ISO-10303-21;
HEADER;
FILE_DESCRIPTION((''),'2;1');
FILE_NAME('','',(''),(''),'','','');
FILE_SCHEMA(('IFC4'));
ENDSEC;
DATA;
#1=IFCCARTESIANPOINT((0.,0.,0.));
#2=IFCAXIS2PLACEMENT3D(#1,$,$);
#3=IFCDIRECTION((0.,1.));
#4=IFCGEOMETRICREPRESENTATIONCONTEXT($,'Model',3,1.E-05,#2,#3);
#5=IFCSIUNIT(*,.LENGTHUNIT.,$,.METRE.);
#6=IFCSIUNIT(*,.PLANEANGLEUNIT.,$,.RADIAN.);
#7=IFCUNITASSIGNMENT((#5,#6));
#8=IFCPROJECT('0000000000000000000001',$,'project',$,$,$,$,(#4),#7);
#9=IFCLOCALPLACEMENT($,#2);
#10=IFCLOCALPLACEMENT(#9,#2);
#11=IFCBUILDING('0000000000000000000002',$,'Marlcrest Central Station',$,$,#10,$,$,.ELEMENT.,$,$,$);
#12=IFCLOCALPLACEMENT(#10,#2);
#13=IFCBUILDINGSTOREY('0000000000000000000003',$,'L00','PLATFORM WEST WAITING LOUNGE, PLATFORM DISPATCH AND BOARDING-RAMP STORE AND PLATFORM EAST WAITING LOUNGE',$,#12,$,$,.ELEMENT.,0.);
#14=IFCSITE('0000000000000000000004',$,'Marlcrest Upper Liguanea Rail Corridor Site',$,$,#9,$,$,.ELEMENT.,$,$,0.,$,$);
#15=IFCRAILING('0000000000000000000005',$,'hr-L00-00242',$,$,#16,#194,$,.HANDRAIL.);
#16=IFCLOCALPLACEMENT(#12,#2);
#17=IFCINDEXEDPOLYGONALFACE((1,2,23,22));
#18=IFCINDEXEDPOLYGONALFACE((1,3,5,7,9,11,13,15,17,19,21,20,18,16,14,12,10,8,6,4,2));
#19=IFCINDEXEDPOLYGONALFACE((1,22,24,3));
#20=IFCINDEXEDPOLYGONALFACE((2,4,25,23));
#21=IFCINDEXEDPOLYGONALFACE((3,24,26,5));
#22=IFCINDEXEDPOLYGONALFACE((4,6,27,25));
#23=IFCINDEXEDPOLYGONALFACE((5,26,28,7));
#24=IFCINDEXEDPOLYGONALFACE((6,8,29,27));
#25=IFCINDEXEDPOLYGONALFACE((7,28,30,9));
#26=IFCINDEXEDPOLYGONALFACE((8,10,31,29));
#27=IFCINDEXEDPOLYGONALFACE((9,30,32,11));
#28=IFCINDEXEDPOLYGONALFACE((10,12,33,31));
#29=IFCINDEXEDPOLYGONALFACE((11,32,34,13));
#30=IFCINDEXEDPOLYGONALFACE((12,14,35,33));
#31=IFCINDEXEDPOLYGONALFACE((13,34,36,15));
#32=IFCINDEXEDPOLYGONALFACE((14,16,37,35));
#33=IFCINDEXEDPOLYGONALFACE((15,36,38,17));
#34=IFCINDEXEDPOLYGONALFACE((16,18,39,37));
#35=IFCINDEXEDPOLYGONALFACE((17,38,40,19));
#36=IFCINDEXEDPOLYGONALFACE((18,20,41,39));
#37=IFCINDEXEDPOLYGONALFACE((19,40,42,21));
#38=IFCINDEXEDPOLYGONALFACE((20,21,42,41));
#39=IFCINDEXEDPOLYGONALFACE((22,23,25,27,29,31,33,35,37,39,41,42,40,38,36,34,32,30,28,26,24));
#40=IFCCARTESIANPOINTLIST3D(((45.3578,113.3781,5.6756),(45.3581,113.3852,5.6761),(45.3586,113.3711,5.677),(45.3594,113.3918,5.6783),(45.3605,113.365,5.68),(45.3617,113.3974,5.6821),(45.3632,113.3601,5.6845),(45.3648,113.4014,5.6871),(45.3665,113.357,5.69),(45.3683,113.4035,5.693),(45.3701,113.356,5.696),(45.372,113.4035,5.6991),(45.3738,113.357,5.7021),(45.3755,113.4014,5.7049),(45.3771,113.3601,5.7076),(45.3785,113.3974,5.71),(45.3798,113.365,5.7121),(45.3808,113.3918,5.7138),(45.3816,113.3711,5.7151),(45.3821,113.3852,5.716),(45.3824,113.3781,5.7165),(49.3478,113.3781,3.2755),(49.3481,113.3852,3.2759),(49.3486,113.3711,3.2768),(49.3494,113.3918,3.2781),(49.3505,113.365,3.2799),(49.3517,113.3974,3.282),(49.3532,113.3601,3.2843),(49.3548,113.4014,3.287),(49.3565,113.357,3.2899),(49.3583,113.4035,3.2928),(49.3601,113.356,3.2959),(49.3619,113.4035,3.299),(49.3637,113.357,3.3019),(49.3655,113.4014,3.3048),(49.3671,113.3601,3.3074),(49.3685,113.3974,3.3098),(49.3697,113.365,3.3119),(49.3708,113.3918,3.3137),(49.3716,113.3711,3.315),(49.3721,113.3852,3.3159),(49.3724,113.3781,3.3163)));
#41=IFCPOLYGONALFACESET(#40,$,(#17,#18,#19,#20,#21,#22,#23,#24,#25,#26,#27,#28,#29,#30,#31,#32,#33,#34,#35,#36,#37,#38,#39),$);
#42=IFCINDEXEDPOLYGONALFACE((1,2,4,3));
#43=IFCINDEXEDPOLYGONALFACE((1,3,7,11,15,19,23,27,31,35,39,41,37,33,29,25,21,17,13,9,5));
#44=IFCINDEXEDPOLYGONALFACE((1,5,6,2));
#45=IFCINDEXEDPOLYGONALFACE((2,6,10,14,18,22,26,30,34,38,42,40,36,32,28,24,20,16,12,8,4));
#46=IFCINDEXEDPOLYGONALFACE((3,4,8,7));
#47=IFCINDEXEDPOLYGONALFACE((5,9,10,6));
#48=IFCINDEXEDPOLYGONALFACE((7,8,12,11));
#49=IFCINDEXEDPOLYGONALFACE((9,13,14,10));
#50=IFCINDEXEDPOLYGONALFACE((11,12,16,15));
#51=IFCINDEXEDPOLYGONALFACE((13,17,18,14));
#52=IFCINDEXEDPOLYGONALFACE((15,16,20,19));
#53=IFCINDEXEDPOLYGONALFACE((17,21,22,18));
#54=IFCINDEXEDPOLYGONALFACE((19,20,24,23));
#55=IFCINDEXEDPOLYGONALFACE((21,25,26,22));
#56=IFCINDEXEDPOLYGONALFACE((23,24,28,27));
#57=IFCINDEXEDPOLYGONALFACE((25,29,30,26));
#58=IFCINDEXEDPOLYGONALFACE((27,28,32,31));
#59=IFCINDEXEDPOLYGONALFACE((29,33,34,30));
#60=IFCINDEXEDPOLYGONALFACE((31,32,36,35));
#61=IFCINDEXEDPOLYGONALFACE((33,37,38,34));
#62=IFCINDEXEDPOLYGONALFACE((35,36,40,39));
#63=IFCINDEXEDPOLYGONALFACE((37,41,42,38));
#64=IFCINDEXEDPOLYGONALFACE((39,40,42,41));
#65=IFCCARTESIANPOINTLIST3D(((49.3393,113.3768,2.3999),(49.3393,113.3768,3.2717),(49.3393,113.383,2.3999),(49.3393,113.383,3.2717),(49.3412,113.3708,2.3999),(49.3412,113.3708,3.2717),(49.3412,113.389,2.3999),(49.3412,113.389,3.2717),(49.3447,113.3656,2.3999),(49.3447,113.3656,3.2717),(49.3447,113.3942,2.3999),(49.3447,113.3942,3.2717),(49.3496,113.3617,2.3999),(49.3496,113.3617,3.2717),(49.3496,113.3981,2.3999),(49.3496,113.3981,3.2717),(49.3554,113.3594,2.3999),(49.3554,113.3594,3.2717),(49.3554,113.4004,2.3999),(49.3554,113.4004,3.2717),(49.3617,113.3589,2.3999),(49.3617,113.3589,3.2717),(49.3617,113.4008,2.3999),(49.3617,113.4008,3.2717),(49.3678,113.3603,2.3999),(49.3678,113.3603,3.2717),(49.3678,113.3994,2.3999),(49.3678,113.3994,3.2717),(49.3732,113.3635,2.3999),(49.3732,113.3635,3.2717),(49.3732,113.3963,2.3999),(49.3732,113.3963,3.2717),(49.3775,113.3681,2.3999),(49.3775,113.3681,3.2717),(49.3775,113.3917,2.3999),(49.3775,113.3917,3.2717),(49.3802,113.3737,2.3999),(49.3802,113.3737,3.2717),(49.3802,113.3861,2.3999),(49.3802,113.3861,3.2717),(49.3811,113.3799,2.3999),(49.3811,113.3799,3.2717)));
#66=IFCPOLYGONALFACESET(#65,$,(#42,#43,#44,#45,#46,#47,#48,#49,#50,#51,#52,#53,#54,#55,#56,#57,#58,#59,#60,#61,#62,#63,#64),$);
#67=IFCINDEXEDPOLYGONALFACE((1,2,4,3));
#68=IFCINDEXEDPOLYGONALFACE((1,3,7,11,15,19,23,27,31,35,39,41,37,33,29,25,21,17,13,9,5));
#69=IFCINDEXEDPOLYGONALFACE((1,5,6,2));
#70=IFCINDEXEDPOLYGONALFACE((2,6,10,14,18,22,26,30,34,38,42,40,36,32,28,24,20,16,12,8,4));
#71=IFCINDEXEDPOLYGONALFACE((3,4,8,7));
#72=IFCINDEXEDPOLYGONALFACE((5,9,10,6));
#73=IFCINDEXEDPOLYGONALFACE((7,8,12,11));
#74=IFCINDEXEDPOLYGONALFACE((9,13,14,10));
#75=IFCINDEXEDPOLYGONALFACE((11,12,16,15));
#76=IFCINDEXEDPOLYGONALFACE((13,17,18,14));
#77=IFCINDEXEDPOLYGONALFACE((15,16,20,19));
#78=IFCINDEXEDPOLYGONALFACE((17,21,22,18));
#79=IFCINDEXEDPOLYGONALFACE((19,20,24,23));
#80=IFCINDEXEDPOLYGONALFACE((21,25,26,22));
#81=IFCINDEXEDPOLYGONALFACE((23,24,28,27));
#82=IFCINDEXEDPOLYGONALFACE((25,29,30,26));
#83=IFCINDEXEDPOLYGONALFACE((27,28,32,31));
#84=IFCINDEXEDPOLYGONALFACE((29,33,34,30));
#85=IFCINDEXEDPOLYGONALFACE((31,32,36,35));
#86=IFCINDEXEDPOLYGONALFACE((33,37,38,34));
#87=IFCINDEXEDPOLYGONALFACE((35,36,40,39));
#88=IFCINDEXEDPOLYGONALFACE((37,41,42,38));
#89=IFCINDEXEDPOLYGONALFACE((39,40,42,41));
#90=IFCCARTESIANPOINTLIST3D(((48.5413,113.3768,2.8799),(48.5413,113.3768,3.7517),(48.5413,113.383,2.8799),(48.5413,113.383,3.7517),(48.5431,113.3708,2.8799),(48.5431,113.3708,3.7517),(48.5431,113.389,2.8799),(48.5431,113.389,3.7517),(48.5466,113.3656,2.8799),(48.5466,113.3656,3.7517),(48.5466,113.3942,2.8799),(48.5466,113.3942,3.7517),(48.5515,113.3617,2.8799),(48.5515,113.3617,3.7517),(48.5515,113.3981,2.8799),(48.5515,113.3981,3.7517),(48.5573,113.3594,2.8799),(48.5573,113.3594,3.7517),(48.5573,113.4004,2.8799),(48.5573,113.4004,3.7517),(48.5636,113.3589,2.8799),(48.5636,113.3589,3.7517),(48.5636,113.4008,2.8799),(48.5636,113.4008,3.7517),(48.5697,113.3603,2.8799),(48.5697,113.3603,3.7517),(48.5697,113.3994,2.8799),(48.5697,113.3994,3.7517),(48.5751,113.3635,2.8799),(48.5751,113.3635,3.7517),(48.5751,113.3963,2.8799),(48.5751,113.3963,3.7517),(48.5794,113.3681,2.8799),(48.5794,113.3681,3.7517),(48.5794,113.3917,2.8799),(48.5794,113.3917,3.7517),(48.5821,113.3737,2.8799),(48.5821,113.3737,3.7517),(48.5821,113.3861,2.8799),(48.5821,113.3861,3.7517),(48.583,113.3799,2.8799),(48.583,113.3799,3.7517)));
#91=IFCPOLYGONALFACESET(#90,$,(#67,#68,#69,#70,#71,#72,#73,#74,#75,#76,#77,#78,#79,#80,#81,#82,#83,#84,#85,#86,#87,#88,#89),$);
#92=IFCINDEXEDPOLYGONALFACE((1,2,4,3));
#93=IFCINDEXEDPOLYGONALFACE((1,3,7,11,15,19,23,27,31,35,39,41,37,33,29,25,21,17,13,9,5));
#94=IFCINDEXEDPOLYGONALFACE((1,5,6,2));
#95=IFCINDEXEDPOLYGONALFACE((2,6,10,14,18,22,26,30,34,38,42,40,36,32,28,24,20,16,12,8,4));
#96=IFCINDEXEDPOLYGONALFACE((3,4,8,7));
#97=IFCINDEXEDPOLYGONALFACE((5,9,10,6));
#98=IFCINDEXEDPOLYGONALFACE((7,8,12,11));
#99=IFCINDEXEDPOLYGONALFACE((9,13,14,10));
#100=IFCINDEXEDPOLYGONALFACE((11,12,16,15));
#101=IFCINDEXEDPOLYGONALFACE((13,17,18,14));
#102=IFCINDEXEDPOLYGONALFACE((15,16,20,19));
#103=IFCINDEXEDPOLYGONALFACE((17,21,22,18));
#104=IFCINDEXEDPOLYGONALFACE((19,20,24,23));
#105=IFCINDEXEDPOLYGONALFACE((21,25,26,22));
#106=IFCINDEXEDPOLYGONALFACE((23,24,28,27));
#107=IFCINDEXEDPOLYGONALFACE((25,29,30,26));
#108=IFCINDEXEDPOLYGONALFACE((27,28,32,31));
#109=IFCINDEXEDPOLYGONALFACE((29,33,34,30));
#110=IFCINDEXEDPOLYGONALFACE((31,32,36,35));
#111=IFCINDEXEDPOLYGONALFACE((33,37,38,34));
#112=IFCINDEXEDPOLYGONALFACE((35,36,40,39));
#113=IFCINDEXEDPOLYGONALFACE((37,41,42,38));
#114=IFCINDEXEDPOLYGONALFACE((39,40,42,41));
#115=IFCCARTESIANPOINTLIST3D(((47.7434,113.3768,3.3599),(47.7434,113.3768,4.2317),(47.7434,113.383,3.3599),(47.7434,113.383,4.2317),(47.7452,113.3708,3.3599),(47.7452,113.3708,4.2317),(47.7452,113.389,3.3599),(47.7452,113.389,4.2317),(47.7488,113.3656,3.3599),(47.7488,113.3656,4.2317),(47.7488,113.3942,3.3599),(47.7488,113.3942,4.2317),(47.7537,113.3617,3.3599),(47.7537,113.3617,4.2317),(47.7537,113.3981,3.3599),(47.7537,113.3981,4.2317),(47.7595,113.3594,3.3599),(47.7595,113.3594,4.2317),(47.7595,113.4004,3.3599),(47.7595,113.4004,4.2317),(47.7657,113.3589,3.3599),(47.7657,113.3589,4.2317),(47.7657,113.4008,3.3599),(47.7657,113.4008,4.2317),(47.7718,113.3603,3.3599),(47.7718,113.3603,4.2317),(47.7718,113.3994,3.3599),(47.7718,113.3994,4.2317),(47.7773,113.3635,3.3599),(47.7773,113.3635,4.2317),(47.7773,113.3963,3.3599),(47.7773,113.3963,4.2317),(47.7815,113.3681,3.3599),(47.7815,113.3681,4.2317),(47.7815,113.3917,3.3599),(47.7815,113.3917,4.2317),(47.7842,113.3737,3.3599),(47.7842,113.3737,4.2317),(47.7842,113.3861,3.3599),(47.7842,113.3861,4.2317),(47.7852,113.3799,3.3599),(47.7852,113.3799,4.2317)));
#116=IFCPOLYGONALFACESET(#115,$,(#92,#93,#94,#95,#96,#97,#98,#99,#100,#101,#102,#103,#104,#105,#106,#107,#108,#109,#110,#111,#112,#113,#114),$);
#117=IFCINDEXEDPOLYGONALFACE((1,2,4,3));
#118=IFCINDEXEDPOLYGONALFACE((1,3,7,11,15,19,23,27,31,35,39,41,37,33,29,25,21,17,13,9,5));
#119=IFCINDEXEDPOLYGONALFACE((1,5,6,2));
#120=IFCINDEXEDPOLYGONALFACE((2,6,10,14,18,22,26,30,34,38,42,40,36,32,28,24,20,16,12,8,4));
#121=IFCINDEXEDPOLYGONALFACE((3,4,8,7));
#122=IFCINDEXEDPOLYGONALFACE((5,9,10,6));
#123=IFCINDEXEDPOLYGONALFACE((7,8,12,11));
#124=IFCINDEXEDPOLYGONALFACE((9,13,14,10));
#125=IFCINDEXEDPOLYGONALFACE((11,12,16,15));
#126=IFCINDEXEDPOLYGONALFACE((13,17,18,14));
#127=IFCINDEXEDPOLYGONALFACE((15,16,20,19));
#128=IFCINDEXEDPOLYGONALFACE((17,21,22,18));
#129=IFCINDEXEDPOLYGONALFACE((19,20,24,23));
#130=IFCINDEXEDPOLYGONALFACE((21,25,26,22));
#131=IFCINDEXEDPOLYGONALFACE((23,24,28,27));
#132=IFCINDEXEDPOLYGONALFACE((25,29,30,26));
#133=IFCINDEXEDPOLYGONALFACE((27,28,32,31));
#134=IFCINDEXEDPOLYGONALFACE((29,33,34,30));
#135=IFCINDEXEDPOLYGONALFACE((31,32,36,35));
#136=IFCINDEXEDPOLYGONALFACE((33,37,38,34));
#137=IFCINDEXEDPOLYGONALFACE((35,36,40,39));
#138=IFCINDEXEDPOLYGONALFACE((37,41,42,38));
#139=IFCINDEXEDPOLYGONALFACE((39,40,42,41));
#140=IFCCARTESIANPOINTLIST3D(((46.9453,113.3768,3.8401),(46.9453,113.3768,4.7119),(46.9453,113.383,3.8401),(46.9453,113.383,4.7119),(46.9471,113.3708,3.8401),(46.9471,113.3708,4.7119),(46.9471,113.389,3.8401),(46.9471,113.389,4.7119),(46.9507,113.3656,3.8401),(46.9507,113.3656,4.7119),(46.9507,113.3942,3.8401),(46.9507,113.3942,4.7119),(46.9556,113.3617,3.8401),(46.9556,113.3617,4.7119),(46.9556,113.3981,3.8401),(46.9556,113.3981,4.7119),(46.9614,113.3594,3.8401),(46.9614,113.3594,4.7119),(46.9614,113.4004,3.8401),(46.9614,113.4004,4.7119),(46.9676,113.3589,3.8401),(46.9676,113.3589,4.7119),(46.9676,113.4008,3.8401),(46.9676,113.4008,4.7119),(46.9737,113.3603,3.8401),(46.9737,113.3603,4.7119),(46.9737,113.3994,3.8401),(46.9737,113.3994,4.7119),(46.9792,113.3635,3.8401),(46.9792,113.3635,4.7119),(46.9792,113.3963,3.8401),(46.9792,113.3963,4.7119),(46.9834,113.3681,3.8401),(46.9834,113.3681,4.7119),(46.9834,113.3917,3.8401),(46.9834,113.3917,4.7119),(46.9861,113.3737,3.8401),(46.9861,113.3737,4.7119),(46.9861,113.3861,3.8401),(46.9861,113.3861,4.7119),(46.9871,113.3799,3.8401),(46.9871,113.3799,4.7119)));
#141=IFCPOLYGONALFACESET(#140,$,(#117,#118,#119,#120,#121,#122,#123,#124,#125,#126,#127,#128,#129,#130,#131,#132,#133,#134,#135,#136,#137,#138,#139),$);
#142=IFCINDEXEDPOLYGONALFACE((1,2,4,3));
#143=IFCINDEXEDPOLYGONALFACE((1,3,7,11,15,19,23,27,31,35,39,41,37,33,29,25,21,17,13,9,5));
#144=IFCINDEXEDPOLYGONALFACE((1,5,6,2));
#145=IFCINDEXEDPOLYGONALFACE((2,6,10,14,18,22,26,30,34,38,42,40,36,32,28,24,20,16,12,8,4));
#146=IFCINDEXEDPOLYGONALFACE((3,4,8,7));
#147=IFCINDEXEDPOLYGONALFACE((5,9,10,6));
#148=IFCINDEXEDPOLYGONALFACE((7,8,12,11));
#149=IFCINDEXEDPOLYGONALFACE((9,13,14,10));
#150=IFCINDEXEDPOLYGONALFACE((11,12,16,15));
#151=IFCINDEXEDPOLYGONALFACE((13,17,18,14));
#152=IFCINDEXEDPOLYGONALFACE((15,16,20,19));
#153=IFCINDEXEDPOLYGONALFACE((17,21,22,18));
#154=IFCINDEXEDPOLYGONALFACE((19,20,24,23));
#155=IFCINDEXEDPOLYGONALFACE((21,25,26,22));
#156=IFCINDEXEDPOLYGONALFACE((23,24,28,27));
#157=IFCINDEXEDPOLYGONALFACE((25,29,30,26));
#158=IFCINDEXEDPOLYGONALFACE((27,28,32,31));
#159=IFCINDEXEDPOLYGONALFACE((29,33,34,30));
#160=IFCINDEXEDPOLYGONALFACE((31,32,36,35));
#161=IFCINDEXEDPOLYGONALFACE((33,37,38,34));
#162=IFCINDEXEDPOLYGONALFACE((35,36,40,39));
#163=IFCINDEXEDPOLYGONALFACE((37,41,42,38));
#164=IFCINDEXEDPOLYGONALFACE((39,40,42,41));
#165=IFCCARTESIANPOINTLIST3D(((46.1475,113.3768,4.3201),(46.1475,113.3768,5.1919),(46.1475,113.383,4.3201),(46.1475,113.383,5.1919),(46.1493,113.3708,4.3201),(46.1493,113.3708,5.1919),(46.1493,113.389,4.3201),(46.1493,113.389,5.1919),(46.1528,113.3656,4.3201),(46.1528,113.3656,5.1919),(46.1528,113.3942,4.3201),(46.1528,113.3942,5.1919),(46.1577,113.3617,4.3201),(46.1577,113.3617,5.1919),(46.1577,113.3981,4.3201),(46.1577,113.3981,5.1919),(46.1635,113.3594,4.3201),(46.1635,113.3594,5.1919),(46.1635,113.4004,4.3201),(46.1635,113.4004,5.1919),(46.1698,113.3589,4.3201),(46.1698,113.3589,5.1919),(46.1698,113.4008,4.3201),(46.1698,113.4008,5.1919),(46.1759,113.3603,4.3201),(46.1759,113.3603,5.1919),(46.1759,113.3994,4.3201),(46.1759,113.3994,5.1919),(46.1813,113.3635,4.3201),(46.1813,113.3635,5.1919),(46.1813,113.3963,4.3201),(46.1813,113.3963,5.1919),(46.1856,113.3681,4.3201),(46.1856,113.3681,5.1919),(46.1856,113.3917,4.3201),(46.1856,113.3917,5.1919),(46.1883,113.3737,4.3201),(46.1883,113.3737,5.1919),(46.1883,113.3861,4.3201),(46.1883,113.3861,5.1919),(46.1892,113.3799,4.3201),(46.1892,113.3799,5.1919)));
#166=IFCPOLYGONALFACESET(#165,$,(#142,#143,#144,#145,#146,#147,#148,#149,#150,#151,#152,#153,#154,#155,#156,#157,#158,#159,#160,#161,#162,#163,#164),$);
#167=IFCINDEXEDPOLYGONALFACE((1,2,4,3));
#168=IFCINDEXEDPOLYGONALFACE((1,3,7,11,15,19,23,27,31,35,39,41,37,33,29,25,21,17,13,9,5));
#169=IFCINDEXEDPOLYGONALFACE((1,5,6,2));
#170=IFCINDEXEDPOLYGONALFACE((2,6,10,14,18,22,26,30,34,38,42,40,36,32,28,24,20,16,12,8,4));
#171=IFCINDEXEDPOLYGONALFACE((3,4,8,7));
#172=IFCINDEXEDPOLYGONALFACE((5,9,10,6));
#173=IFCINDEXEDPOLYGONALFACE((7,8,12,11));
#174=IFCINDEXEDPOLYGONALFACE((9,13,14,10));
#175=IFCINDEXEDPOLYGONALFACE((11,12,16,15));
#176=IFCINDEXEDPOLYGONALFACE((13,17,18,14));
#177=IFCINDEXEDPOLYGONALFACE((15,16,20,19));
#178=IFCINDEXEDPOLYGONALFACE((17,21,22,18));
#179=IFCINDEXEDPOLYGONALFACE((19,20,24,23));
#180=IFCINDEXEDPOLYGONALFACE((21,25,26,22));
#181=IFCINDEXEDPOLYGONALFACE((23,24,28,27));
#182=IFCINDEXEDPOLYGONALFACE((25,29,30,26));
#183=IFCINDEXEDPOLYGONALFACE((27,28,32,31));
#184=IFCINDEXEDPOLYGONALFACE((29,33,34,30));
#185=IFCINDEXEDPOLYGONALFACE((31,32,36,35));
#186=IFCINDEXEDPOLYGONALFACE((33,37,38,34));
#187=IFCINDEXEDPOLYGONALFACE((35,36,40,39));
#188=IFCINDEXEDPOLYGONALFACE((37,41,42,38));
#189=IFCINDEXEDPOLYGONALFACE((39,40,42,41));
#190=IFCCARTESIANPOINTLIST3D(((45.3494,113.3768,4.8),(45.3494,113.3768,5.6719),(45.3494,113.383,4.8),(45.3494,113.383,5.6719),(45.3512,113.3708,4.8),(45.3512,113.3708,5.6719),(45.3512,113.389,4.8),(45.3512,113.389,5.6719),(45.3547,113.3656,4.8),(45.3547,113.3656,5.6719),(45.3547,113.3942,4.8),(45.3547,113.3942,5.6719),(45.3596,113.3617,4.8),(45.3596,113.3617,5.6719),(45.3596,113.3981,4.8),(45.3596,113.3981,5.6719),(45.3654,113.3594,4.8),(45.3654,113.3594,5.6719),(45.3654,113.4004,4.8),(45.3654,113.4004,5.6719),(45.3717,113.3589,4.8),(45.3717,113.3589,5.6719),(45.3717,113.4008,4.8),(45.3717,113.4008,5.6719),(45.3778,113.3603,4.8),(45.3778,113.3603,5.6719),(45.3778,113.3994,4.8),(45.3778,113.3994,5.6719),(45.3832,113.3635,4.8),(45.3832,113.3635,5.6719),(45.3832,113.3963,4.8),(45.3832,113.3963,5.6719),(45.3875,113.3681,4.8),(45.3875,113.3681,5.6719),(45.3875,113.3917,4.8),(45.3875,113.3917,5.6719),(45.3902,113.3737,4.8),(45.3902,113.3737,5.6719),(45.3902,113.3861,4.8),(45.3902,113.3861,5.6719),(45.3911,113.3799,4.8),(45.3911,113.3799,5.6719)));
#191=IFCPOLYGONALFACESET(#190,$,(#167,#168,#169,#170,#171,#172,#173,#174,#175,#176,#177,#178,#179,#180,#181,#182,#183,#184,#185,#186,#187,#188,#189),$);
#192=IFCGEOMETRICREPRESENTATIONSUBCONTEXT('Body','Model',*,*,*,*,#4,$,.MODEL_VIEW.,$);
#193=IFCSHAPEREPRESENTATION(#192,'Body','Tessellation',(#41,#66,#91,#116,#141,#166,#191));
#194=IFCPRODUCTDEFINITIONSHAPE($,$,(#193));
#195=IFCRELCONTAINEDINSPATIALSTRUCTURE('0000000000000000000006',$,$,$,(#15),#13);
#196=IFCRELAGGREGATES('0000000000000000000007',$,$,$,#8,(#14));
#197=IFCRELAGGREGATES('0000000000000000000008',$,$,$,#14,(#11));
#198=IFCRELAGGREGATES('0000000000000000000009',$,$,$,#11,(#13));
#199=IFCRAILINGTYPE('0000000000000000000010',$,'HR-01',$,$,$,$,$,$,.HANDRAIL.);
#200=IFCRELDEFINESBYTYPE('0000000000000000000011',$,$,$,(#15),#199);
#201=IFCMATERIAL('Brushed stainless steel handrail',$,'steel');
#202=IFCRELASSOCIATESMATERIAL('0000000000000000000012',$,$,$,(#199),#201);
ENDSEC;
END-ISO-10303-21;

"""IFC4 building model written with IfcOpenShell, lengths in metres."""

from ifc_helpers import new_model, si_unit, direction, frame, origin, origin_2d, place, context, subcontext, project, spatial, circle, extrude, material, type_object, element, save


model = new_model("IFC4")

# Units and contexts
model_context = context("Model", 3, precision=1e-05, world=origin(), true_north=direction((0.0, 1.0)))
body_context = subcontext(model_context, "Body", "Model", "MODEL_VIEW")
ifc_project = project(units=[si_unit("LENGTHUNIT", "METRE"), si_unit("PLANEANGLEUNIT", "RADIAN")], contexts=[model_context])

# Site, building, storey
site_placement = place(None, origin())
site = spatial("IfcSite", under=ifc_project, at=site_placement, Name="Marlcrest Upper Liguanea Rail Corridor Site", CompositionType="ELEMENT", RefElevation=0.0)
building_placement = place(site_placement, origin())
building = spatial("IfcBuilding", under=site, at=building_placement, Name="Marlcrest Central Station", CompositionType="ELEMENT")
storey_placement = place(building_placement, origin())
storey = spatial("IfcBuildingStorey", under=building, at=storey_placement, Name="L00", Description="PLATFORM WEST WAITING LOUNGE, PLATFORM DISPATCH AND BOARDING-RAMP STORE AND PLATFORM EAST WAITING LOUNGE", CompositionType="ELEMENT", Elevation=0.0)

# Railing
ifc_material_1 = material(Name="Brushed stainless steel handrail", Category="steel")
railing_type_1 = type_object("IfcRailingType", Name="HR-01", PredefinedType="HANDRAIL", material=ifc_material_1)
railing_1_placement = place(storey_placement, frame((49.3601, 113.3799, 2.3999)))
element("IfcRailing", 1, at=railing_1_placement, inside=storey, type_object=railing_type_1, Name="hr-L00-00242", PredefinedType="HANDRAIL", context=body_context, shape_type="SweptSolid", body=[
    extrude(circle(Radius=0.0239, at=origin_2d()), frame((0.0, 0.0, 0.896), z_axis=(-0.856909, 0.0, 0.515467), x_axis=(0.0, -1.0, 0.0)), (0.0, 0.0, 1.0), 4.6562),
    extrude(circle(Radius=0.021, at=origin_2d()), origin(), (0.0, 0.0, 1.0), 0.8718),
    extrude(circle(Radius=0.021, at=origin_2d()), frame((-0.7981, 0.0, 0.48)), (0.0, 0.0, 1.0), 0.8718),
    extrude(circle(Radius=0.021, at=origin_2d()), frame((-1.5959, 0.0, 0.96)), (0.0, 0.0, 1.0), 0.8718),
    extrude(circle(Radius=0.021, at=origin_2d()), frame((-2.394, 0.0, 1.4402)), (0.0, 0.0, 1.0), 0.8718),
    extrude(circle(Radius=0.021, at=origin_2d()), frame((-3.1919, 0.0, 1.9202)), (0.0, 0.0, 1.0), 0.8718),
    extrude(circle(Radius=0.021, at=origin_2d()), frame((-3.99, 0.0, 2.4001)), (0.0, 0.0, 1.0), 0.8718),
])

save(model, "model.ifc")
